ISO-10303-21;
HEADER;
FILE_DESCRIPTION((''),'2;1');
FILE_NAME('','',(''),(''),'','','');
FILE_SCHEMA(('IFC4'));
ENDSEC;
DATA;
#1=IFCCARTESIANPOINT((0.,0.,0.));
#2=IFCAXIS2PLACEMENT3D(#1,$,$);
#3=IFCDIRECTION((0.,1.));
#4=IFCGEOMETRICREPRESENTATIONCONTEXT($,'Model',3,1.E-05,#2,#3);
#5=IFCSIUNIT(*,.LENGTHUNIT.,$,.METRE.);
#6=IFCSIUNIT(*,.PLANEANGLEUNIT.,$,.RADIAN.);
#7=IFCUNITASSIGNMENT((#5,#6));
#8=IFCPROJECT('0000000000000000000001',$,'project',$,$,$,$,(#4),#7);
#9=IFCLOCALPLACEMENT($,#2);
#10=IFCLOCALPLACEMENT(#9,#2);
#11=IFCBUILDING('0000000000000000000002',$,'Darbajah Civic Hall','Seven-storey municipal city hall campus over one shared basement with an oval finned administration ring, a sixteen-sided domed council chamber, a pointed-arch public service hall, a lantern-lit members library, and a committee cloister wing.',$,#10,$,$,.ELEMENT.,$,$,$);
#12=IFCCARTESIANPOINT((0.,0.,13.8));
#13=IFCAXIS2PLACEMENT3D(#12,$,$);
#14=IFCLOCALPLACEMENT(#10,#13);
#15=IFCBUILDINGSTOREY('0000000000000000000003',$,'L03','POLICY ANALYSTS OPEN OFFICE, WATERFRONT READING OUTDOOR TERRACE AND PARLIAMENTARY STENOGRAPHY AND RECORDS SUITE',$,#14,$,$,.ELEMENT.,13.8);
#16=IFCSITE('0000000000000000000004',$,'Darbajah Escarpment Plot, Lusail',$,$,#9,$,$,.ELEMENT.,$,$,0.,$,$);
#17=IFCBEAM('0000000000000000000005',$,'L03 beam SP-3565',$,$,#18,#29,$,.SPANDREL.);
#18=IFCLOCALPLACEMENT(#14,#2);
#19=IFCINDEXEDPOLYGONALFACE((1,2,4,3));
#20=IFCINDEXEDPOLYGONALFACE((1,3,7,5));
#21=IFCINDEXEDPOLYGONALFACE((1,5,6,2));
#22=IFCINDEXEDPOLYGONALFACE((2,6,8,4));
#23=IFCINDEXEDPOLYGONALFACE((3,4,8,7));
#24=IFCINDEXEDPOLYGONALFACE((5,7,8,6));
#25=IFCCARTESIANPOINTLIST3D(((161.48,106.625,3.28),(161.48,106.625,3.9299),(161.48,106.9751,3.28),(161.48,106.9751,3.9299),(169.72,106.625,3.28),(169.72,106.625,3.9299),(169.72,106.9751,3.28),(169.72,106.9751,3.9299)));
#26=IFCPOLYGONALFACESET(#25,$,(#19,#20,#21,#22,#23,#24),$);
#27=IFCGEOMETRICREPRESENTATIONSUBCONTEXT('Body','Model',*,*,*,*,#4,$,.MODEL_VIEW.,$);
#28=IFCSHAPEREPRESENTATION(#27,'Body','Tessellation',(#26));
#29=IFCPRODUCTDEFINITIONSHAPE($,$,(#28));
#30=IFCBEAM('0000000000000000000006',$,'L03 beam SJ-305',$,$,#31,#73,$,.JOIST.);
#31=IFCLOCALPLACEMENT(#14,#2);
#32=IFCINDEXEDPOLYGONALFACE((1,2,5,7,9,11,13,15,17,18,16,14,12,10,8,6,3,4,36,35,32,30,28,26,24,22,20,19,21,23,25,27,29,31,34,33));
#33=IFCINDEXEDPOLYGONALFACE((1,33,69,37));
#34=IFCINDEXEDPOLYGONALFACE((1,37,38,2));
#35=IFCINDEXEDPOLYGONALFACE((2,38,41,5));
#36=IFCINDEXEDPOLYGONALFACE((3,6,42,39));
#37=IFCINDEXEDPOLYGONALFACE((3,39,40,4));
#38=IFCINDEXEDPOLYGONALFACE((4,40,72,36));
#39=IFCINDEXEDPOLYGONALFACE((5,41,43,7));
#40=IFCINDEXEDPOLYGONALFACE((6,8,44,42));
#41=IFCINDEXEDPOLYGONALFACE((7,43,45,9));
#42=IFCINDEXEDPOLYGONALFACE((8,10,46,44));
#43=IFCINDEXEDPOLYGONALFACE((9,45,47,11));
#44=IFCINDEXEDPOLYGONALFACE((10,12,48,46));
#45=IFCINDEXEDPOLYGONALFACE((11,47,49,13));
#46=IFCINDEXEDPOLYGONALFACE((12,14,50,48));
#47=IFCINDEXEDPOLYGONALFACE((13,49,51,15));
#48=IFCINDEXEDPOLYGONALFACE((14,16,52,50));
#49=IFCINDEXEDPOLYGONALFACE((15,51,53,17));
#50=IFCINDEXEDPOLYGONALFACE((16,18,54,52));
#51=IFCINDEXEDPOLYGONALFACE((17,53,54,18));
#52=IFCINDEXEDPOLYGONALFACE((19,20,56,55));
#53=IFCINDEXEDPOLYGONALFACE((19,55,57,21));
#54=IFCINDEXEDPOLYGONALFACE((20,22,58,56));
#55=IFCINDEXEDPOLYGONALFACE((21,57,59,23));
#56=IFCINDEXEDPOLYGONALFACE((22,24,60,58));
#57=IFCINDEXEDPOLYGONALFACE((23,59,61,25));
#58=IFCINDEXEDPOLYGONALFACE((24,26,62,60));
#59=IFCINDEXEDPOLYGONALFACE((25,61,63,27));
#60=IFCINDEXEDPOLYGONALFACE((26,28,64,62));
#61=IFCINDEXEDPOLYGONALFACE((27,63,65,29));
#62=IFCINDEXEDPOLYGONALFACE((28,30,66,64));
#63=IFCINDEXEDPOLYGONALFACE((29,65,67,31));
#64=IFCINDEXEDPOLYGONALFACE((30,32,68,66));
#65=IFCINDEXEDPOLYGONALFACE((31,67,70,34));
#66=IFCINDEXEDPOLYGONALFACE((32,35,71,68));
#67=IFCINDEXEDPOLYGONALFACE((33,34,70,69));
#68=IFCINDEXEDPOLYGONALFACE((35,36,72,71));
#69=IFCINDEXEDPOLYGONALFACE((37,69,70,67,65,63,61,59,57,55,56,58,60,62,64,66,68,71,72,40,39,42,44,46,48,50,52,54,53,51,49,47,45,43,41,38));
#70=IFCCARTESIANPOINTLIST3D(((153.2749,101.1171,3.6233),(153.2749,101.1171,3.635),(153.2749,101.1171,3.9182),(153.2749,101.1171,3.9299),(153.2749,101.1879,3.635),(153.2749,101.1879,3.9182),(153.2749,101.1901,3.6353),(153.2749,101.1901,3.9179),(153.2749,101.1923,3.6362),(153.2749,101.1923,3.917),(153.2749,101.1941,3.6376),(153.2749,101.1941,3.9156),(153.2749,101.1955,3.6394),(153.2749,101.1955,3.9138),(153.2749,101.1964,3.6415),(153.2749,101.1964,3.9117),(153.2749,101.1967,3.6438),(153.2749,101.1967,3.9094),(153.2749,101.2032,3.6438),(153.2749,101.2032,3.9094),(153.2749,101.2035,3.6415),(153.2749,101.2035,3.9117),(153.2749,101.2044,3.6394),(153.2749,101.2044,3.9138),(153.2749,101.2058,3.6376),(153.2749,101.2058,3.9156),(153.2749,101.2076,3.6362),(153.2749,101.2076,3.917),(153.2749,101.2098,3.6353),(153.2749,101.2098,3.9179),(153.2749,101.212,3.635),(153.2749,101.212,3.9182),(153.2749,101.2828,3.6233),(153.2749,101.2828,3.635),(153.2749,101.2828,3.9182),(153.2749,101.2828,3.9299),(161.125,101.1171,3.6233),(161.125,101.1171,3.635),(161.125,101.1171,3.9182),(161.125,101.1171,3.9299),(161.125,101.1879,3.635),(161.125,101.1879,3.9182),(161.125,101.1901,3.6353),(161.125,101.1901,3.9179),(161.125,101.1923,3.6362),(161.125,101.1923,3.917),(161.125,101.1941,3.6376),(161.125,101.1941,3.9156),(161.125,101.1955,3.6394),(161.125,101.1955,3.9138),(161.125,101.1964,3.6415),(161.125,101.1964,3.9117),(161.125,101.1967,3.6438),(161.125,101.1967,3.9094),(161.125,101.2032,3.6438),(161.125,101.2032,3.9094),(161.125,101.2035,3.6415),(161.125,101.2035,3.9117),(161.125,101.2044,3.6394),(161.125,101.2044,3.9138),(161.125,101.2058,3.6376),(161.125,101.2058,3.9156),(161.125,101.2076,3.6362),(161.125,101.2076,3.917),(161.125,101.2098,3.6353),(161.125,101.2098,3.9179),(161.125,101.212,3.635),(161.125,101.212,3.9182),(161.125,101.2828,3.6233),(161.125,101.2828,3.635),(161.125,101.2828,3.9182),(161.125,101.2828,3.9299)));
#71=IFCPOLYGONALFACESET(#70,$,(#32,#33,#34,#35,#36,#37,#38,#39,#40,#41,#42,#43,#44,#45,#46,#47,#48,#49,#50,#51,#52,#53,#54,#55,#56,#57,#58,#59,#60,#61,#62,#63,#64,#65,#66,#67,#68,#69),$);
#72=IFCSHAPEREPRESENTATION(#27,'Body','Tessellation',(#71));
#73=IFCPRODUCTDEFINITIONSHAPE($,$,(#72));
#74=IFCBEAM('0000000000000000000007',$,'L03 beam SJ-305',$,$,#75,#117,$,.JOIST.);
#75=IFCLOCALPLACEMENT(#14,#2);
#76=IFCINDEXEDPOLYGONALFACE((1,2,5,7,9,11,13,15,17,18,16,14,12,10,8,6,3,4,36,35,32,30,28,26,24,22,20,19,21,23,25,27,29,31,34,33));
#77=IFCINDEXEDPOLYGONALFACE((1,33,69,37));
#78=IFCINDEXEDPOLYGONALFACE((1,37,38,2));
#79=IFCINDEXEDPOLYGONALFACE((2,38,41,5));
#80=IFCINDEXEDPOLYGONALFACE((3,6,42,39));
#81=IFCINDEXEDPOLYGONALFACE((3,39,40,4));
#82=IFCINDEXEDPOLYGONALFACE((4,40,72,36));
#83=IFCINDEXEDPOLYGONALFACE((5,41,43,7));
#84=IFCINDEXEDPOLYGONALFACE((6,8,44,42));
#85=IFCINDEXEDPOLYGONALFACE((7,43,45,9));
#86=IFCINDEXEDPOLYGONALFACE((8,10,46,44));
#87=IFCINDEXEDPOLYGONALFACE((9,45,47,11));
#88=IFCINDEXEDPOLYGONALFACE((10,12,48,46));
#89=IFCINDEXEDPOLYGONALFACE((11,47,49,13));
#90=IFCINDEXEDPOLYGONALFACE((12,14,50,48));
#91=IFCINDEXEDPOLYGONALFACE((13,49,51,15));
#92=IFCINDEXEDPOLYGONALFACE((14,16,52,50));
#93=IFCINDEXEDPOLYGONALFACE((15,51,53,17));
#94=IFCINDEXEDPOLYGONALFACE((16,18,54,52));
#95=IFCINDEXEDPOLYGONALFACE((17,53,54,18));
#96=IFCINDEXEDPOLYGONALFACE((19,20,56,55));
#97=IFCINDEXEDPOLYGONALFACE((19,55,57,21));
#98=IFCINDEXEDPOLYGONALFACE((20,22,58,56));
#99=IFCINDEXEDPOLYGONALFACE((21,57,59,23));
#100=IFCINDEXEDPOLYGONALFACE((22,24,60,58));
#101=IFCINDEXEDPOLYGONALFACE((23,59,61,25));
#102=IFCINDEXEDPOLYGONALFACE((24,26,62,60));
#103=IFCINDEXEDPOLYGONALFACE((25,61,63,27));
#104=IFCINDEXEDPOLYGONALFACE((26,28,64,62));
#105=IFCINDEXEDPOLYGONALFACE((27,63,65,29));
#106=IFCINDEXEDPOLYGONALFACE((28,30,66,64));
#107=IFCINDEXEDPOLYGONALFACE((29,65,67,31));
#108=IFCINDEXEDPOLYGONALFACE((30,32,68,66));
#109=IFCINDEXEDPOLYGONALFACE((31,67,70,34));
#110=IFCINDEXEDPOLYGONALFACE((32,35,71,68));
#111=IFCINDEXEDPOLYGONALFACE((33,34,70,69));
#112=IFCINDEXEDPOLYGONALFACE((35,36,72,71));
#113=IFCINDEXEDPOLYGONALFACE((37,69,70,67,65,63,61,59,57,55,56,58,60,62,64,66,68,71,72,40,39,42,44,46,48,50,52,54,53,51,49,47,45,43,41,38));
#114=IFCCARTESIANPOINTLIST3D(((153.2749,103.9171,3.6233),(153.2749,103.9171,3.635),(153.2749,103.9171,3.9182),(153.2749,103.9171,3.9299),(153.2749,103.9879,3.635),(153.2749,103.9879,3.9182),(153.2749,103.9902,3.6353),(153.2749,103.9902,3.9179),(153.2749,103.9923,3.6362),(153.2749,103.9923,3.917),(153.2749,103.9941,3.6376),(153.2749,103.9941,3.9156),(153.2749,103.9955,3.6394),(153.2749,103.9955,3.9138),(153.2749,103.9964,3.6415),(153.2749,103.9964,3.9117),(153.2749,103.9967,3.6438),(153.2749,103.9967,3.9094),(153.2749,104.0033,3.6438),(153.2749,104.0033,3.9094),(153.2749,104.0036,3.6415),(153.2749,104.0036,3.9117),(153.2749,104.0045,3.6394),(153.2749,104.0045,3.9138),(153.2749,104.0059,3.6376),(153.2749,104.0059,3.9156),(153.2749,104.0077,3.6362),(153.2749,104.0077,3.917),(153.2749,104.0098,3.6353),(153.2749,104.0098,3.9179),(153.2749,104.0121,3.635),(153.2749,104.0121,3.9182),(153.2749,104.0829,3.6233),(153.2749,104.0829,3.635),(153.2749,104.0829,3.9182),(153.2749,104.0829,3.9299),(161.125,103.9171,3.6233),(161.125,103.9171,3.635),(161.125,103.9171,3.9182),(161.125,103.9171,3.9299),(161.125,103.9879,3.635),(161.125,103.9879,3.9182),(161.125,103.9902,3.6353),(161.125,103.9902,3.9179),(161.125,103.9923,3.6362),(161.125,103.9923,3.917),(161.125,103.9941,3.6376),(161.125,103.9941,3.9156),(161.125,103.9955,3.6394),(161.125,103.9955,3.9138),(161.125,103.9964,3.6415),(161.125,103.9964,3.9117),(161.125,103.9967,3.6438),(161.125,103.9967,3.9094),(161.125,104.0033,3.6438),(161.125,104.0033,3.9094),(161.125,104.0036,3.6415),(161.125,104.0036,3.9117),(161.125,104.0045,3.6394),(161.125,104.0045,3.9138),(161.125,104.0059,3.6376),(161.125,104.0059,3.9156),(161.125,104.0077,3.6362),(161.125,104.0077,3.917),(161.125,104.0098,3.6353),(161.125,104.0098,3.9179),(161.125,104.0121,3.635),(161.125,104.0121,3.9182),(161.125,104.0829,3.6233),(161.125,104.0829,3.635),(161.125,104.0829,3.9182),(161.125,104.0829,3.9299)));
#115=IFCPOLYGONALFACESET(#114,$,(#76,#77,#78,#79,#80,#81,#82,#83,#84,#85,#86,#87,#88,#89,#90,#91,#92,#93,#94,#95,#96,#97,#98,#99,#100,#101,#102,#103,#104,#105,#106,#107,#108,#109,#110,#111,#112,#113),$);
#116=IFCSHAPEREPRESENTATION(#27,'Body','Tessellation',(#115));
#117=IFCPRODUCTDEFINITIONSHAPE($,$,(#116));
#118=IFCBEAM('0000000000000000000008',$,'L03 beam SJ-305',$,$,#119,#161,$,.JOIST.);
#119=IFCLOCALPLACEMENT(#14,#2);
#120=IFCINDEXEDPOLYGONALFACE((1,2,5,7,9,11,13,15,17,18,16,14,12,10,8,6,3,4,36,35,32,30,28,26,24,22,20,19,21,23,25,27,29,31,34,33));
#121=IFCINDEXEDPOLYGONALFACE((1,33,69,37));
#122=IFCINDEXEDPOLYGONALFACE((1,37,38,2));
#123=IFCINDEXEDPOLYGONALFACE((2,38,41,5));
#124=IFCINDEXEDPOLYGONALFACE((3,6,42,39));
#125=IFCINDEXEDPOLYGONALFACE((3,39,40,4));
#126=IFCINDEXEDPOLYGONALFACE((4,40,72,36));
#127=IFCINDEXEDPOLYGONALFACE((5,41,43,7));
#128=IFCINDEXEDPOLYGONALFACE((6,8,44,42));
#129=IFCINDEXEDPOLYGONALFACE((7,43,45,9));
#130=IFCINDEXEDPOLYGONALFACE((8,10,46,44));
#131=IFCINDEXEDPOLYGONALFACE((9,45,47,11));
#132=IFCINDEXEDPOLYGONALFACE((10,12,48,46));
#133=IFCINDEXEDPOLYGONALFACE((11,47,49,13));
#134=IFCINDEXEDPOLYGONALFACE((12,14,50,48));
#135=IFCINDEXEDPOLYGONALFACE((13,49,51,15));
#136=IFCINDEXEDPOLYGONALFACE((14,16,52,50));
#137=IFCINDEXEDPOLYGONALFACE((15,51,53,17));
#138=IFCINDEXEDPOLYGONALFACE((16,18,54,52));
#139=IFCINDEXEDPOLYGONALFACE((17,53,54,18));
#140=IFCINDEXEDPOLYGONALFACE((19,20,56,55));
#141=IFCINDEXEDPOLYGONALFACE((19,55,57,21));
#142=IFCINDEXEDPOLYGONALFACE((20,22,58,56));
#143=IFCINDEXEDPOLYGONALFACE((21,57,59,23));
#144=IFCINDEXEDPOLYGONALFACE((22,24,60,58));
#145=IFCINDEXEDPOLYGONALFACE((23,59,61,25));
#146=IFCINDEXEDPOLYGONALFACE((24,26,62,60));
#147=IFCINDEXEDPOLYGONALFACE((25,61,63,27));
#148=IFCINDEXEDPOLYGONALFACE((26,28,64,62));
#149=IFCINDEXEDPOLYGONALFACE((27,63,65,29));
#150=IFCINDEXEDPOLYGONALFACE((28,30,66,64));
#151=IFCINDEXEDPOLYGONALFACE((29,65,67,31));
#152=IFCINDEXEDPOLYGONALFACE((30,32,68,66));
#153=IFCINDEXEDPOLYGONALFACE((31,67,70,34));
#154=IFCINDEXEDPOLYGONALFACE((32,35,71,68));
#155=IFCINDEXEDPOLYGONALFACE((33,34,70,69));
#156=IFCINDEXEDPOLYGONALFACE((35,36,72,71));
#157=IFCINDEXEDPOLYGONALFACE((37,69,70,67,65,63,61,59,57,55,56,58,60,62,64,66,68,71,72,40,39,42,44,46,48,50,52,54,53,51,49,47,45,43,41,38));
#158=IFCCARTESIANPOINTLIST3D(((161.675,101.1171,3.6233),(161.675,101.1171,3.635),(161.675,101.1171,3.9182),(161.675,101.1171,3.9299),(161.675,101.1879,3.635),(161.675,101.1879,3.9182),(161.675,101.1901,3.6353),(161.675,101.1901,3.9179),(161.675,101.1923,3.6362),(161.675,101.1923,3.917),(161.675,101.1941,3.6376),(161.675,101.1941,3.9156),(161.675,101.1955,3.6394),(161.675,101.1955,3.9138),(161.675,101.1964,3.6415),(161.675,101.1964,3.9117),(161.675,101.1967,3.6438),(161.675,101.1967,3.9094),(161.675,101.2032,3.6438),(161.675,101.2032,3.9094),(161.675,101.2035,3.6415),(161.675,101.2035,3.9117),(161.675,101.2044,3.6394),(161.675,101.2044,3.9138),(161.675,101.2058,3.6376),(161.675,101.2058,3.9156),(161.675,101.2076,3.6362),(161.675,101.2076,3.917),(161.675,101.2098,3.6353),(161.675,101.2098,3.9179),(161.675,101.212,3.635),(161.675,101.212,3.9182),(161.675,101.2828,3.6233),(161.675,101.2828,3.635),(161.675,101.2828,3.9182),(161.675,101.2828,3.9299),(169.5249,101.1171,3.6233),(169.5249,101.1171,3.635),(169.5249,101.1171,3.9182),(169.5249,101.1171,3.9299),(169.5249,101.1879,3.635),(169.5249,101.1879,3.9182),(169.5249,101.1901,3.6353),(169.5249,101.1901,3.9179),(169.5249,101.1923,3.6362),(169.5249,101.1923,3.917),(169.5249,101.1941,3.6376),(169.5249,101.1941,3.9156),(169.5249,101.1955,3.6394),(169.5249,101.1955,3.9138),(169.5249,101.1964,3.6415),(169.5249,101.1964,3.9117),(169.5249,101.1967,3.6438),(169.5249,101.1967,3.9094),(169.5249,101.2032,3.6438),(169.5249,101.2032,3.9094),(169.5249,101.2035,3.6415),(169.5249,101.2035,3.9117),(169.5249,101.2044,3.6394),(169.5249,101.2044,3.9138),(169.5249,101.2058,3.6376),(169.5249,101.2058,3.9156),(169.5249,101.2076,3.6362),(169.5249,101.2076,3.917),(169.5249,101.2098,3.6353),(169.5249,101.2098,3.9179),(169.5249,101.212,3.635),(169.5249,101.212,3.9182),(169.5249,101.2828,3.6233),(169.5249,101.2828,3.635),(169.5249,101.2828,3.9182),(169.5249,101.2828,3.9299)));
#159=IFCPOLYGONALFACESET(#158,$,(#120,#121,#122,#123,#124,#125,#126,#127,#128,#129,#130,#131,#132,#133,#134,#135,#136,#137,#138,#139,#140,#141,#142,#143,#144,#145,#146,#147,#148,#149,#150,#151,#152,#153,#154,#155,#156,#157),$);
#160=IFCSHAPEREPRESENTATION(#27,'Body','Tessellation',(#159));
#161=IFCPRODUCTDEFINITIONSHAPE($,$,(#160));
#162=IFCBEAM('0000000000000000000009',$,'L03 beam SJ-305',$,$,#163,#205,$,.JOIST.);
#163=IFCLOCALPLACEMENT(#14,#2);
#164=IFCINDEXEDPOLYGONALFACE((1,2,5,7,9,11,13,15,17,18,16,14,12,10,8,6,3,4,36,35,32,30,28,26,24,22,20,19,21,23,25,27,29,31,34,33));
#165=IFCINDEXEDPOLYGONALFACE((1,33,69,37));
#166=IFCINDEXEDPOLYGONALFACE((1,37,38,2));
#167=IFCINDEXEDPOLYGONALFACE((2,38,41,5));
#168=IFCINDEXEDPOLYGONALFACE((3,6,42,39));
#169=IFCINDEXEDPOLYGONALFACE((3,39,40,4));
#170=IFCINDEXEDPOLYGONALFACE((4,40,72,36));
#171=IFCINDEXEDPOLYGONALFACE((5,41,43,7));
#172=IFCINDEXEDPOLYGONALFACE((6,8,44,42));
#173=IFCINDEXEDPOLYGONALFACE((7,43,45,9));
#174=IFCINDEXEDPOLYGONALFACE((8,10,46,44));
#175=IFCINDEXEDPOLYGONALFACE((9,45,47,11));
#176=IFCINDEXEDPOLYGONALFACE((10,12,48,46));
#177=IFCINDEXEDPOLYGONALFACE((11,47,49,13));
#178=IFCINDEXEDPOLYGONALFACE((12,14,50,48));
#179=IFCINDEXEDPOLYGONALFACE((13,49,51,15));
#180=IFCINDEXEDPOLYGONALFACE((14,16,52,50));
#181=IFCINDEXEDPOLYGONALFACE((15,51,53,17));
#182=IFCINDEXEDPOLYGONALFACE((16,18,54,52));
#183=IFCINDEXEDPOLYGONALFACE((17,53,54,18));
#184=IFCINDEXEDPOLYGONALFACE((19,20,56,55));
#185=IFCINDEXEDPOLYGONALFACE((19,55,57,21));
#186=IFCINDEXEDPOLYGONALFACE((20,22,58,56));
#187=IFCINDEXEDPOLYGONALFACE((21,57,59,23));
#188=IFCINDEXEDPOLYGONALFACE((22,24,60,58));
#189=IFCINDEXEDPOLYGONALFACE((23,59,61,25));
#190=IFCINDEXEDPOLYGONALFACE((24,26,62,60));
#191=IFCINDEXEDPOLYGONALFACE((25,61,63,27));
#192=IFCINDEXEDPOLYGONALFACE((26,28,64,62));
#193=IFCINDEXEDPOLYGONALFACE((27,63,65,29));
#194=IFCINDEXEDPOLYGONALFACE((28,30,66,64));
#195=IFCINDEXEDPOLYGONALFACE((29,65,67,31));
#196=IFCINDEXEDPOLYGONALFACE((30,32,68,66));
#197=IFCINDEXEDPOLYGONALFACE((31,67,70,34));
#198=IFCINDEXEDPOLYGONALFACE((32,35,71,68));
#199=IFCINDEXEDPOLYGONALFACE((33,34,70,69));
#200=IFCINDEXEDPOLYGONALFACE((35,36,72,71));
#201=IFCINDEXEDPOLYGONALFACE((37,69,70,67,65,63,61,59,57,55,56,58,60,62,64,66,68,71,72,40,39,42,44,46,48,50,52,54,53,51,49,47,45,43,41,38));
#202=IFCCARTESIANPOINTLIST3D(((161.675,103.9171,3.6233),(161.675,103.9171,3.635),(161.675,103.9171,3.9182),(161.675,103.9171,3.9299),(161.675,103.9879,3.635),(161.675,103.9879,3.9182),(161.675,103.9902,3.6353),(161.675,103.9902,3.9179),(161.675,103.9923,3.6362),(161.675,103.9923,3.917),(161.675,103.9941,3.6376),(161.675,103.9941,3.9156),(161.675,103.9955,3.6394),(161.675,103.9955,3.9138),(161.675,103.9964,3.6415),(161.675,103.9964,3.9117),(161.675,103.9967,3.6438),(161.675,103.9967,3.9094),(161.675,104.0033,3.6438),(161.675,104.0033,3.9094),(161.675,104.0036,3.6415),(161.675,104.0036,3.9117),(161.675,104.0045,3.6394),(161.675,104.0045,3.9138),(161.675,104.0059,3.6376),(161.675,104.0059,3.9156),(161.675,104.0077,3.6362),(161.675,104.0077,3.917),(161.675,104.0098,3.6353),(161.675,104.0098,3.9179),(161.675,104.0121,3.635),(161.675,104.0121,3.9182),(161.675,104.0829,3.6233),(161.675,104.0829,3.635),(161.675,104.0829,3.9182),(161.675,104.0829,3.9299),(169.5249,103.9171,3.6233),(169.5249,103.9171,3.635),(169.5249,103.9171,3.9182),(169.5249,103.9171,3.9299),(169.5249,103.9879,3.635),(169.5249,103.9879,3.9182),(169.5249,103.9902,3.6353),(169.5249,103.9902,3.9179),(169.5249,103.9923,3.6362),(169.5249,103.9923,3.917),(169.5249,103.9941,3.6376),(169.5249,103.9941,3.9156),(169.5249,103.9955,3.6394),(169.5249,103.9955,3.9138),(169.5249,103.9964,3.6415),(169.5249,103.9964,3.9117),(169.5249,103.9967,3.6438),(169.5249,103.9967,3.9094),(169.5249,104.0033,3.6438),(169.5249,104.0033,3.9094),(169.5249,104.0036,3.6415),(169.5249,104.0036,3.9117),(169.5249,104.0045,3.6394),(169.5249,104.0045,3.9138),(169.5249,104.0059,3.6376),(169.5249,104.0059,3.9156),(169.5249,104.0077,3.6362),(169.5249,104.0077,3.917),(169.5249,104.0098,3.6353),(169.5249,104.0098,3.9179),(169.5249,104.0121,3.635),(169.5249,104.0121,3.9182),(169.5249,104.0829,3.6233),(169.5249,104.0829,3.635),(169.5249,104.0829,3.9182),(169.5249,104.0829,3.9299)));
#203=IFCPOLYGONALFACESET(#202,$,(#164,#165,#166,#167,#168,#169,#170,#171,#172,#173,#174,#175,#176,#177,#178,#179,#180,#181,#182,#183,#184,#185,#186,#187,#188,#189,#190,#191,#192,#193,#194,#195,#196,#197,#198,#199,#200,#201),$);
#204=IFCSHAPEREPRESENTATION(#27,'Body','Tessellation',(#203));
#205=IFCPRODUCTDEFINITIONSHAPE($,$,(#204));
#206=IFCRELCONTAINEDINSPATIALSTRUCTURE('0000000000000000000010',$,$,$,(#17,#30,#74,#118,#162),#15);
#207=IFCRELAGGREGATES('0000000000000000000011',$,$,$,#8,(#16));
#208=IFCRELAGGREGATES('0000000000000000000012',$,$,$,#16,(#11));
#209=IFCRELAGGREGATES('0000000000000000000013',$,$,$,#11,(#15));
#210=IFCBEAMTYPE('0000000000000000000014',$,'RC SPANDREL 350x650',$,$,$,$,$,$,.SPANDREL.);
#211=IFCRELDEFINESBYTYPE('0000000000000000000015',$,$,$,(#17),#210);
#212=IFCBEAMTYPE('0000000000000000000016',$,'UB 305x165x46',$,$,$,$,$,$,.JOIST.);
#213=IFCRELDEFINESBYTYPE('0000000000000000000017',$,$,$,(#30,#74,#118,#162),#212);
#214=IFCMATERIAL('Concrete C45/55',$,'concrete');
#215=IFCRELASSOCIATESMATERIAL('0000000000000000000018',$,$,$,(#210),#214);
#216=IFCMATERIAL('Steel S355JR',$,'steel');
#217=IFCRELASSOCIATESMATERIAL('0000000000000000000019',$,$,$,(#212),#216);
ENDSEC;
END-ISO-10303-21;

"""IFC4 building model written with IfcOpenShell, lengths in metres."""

from ifc_helpers import new_model, si_unit, direction, frame, origin, origin_2d, place, context, subcontext, project, spatial, rectangle, i_section, extrude, material, material_profile, profile_set, type_object, element, save


model = new_model("IFC4")

# Units and contexts
model_context = context("Model", 3, precision=1e-05, world=origin(), true_north=direction((0.0, 1.0)))
body_context = subcontext(model_context, "Body", "Model", "MODEL_VIEW")
ifc_project = project(units=[si_unit("LENGTHUNIT", "METRE"), si_unit("PLANEANGLEUNIT", "RADIAN")], contexts=[model_context])

# Site, building, storey
site_placement = place(None, origin())
site = spatial("IfcSite", under=ifc_project, at=site_placement, Name="Darbajah Escarpment Plot, Lusail", CompositionType="ELEMENT", RefElevation=0.0)
building_placement = place(site_placement, origin())
building = spatial("IfcBuilding", under=site, at=building_placement, Name="Darbajah Civic Hall", Description="Seven-storey municipal city hall campus over one shared basement with an oval finned administration ring, a sixteen-sided domed council chamber, a pointed-arch public service hall, a lantern-lit members library, and a committee cloister wing.", CompositionType="ELEMENT")
storey_placement = place(building_placement, frame((0.0, 0.0, 13.8)))
storey = spatial("IfcBuildingStorey", under=building, at=storey_placement, Name="L03", Description="POLICY ANALYSTS OPEN OFFICE, WATERFRONT READING OUTDOOR TERRACE AND PARLIAMENTARY STENOGRAPHY AND RECORDS SUITE", CompositionType="ELEMENT", Elevation=13.8)

# Shared definitions
ifc_material_1 = material(Name="Steel S355JR", Category="steel")

# Beams
ifc_material_2 = material(Name="Concrete C45/55", Category="concrete")
ifc_material_profile_1 = material_profile(ifc_material_2, rectangle(XDim=0.3501, YDim=0.6499, at=origin_2d()), Name="RC SPANDREL 350x650")
ifc_profile_set_1 = profile_set([ifc_material_profile_1], Name="Concrete C45/55")
beam_type_1 = type_object("IfcBeamType", Name="RC SPANDREL 350x650", PredefinedType="SPANDREL", material=ifc_profile_set_1)
for number, where, z_axis, x_axis, name in (
    (1, (161.48, 106.8, 3.605), (1.0, 0.0, 0.0), (0.0, 1.0, 0.0), "L03 beam SP-3565"),
):
    element("IfcBeam", number, at=place(storey_placement, frame(where, z_axis=z_axis, x_axis=x_axis)), inside=storey, type_object=beam_type_1, Name=name, PredefinedType="SPANDREL", context=body_context, shape_type="SweptSolid", body=[
        extrude(rectangle(XDim=0.3501, YDim=0.6499, at=origin_2d()), origin(), (0.0, 0.0, 1.0), 8.24),
    ])
ifc_material_profile_2 = material_profile(ifc_material_1, i_section(OverallWidth=0.1658, OverallDepth=0.3066, WebThickness=0.0066, FlangeThickness=0.0117, FilletRadius=0.0088, at=origin_2d()), Name="UB 305x165x46")
ifc_profile_set_2 = profile_set([ifc_material_profile_2], Name="Steel S355JR")
beam_type_2 = type_object("IfcBeamType", Name="UB 305x165x46", PredefinedType="JOIST", material=ifc_profile_set_2)
for number, where, z_axis, x_axis, name in (
    (2, (153.2749, 101.2, 3.7766), (1.0, 0.0, 0.0), (0.0, 1.0, 0.0), "L03 beam SJ-305"),
    (3, (153.2749, 104.0, 3.7766), (1.0, 0.0, 0.0), (0.0, 1.0, 0.0), "L03 beam SJ-305"),
):
    element("IfcBeam", number, at=place(storey_placement, frame(where, z_axis=z_axis, x_axis=x_axis)), inside=storey, type_object=beam_type_2, Name=name, PredefinedType="JOIST", context=body_context, shape_type="SweptSolid", body=[
        extrude(i_section(OverallWidth=0.1658, OverallDepth=0.3066, WebThickness=0.0066, FlangeThickness=0.0117, FilletRadius=0.0088, at=origin_2d()), origin(), (0.0, 0.0, 1.0), 7.8501),
    ])
for number, where, z_axis, x_axis, name in (
    (4, (161.675, 101.2, 3.7766), (1.0, 0.0, 0.0), (0.0, 1.0, 0.0), "L03 beam SJ-305"),
    (5, (161.675, 104.0, 3.7766), (1.0, 0.0, 0.0), (0.0, 1.0, 0.0), "L03 beam SJ-305"),
):
    element("IfcBeam", number, at=place(storey_placement, frame(where, z_axis=z_axis, x_axis=x_axis)), inside=storey, type_object=beam_type_2, Name=name, PredefinedType="JOIST", context=body_context, shape_type="SweptSolid", body=[
        extrude(i_section(OverallWidth=0.1658, OverallDepth=0.3066, WebThickness=0.0066, FlangeThickness=0.0117, FilletRadius=0.0088, at=origin_2d()), origin(), (0.0, 0.0, 1.0), 7.8499),
    ])

save(model, "model.ifc")
